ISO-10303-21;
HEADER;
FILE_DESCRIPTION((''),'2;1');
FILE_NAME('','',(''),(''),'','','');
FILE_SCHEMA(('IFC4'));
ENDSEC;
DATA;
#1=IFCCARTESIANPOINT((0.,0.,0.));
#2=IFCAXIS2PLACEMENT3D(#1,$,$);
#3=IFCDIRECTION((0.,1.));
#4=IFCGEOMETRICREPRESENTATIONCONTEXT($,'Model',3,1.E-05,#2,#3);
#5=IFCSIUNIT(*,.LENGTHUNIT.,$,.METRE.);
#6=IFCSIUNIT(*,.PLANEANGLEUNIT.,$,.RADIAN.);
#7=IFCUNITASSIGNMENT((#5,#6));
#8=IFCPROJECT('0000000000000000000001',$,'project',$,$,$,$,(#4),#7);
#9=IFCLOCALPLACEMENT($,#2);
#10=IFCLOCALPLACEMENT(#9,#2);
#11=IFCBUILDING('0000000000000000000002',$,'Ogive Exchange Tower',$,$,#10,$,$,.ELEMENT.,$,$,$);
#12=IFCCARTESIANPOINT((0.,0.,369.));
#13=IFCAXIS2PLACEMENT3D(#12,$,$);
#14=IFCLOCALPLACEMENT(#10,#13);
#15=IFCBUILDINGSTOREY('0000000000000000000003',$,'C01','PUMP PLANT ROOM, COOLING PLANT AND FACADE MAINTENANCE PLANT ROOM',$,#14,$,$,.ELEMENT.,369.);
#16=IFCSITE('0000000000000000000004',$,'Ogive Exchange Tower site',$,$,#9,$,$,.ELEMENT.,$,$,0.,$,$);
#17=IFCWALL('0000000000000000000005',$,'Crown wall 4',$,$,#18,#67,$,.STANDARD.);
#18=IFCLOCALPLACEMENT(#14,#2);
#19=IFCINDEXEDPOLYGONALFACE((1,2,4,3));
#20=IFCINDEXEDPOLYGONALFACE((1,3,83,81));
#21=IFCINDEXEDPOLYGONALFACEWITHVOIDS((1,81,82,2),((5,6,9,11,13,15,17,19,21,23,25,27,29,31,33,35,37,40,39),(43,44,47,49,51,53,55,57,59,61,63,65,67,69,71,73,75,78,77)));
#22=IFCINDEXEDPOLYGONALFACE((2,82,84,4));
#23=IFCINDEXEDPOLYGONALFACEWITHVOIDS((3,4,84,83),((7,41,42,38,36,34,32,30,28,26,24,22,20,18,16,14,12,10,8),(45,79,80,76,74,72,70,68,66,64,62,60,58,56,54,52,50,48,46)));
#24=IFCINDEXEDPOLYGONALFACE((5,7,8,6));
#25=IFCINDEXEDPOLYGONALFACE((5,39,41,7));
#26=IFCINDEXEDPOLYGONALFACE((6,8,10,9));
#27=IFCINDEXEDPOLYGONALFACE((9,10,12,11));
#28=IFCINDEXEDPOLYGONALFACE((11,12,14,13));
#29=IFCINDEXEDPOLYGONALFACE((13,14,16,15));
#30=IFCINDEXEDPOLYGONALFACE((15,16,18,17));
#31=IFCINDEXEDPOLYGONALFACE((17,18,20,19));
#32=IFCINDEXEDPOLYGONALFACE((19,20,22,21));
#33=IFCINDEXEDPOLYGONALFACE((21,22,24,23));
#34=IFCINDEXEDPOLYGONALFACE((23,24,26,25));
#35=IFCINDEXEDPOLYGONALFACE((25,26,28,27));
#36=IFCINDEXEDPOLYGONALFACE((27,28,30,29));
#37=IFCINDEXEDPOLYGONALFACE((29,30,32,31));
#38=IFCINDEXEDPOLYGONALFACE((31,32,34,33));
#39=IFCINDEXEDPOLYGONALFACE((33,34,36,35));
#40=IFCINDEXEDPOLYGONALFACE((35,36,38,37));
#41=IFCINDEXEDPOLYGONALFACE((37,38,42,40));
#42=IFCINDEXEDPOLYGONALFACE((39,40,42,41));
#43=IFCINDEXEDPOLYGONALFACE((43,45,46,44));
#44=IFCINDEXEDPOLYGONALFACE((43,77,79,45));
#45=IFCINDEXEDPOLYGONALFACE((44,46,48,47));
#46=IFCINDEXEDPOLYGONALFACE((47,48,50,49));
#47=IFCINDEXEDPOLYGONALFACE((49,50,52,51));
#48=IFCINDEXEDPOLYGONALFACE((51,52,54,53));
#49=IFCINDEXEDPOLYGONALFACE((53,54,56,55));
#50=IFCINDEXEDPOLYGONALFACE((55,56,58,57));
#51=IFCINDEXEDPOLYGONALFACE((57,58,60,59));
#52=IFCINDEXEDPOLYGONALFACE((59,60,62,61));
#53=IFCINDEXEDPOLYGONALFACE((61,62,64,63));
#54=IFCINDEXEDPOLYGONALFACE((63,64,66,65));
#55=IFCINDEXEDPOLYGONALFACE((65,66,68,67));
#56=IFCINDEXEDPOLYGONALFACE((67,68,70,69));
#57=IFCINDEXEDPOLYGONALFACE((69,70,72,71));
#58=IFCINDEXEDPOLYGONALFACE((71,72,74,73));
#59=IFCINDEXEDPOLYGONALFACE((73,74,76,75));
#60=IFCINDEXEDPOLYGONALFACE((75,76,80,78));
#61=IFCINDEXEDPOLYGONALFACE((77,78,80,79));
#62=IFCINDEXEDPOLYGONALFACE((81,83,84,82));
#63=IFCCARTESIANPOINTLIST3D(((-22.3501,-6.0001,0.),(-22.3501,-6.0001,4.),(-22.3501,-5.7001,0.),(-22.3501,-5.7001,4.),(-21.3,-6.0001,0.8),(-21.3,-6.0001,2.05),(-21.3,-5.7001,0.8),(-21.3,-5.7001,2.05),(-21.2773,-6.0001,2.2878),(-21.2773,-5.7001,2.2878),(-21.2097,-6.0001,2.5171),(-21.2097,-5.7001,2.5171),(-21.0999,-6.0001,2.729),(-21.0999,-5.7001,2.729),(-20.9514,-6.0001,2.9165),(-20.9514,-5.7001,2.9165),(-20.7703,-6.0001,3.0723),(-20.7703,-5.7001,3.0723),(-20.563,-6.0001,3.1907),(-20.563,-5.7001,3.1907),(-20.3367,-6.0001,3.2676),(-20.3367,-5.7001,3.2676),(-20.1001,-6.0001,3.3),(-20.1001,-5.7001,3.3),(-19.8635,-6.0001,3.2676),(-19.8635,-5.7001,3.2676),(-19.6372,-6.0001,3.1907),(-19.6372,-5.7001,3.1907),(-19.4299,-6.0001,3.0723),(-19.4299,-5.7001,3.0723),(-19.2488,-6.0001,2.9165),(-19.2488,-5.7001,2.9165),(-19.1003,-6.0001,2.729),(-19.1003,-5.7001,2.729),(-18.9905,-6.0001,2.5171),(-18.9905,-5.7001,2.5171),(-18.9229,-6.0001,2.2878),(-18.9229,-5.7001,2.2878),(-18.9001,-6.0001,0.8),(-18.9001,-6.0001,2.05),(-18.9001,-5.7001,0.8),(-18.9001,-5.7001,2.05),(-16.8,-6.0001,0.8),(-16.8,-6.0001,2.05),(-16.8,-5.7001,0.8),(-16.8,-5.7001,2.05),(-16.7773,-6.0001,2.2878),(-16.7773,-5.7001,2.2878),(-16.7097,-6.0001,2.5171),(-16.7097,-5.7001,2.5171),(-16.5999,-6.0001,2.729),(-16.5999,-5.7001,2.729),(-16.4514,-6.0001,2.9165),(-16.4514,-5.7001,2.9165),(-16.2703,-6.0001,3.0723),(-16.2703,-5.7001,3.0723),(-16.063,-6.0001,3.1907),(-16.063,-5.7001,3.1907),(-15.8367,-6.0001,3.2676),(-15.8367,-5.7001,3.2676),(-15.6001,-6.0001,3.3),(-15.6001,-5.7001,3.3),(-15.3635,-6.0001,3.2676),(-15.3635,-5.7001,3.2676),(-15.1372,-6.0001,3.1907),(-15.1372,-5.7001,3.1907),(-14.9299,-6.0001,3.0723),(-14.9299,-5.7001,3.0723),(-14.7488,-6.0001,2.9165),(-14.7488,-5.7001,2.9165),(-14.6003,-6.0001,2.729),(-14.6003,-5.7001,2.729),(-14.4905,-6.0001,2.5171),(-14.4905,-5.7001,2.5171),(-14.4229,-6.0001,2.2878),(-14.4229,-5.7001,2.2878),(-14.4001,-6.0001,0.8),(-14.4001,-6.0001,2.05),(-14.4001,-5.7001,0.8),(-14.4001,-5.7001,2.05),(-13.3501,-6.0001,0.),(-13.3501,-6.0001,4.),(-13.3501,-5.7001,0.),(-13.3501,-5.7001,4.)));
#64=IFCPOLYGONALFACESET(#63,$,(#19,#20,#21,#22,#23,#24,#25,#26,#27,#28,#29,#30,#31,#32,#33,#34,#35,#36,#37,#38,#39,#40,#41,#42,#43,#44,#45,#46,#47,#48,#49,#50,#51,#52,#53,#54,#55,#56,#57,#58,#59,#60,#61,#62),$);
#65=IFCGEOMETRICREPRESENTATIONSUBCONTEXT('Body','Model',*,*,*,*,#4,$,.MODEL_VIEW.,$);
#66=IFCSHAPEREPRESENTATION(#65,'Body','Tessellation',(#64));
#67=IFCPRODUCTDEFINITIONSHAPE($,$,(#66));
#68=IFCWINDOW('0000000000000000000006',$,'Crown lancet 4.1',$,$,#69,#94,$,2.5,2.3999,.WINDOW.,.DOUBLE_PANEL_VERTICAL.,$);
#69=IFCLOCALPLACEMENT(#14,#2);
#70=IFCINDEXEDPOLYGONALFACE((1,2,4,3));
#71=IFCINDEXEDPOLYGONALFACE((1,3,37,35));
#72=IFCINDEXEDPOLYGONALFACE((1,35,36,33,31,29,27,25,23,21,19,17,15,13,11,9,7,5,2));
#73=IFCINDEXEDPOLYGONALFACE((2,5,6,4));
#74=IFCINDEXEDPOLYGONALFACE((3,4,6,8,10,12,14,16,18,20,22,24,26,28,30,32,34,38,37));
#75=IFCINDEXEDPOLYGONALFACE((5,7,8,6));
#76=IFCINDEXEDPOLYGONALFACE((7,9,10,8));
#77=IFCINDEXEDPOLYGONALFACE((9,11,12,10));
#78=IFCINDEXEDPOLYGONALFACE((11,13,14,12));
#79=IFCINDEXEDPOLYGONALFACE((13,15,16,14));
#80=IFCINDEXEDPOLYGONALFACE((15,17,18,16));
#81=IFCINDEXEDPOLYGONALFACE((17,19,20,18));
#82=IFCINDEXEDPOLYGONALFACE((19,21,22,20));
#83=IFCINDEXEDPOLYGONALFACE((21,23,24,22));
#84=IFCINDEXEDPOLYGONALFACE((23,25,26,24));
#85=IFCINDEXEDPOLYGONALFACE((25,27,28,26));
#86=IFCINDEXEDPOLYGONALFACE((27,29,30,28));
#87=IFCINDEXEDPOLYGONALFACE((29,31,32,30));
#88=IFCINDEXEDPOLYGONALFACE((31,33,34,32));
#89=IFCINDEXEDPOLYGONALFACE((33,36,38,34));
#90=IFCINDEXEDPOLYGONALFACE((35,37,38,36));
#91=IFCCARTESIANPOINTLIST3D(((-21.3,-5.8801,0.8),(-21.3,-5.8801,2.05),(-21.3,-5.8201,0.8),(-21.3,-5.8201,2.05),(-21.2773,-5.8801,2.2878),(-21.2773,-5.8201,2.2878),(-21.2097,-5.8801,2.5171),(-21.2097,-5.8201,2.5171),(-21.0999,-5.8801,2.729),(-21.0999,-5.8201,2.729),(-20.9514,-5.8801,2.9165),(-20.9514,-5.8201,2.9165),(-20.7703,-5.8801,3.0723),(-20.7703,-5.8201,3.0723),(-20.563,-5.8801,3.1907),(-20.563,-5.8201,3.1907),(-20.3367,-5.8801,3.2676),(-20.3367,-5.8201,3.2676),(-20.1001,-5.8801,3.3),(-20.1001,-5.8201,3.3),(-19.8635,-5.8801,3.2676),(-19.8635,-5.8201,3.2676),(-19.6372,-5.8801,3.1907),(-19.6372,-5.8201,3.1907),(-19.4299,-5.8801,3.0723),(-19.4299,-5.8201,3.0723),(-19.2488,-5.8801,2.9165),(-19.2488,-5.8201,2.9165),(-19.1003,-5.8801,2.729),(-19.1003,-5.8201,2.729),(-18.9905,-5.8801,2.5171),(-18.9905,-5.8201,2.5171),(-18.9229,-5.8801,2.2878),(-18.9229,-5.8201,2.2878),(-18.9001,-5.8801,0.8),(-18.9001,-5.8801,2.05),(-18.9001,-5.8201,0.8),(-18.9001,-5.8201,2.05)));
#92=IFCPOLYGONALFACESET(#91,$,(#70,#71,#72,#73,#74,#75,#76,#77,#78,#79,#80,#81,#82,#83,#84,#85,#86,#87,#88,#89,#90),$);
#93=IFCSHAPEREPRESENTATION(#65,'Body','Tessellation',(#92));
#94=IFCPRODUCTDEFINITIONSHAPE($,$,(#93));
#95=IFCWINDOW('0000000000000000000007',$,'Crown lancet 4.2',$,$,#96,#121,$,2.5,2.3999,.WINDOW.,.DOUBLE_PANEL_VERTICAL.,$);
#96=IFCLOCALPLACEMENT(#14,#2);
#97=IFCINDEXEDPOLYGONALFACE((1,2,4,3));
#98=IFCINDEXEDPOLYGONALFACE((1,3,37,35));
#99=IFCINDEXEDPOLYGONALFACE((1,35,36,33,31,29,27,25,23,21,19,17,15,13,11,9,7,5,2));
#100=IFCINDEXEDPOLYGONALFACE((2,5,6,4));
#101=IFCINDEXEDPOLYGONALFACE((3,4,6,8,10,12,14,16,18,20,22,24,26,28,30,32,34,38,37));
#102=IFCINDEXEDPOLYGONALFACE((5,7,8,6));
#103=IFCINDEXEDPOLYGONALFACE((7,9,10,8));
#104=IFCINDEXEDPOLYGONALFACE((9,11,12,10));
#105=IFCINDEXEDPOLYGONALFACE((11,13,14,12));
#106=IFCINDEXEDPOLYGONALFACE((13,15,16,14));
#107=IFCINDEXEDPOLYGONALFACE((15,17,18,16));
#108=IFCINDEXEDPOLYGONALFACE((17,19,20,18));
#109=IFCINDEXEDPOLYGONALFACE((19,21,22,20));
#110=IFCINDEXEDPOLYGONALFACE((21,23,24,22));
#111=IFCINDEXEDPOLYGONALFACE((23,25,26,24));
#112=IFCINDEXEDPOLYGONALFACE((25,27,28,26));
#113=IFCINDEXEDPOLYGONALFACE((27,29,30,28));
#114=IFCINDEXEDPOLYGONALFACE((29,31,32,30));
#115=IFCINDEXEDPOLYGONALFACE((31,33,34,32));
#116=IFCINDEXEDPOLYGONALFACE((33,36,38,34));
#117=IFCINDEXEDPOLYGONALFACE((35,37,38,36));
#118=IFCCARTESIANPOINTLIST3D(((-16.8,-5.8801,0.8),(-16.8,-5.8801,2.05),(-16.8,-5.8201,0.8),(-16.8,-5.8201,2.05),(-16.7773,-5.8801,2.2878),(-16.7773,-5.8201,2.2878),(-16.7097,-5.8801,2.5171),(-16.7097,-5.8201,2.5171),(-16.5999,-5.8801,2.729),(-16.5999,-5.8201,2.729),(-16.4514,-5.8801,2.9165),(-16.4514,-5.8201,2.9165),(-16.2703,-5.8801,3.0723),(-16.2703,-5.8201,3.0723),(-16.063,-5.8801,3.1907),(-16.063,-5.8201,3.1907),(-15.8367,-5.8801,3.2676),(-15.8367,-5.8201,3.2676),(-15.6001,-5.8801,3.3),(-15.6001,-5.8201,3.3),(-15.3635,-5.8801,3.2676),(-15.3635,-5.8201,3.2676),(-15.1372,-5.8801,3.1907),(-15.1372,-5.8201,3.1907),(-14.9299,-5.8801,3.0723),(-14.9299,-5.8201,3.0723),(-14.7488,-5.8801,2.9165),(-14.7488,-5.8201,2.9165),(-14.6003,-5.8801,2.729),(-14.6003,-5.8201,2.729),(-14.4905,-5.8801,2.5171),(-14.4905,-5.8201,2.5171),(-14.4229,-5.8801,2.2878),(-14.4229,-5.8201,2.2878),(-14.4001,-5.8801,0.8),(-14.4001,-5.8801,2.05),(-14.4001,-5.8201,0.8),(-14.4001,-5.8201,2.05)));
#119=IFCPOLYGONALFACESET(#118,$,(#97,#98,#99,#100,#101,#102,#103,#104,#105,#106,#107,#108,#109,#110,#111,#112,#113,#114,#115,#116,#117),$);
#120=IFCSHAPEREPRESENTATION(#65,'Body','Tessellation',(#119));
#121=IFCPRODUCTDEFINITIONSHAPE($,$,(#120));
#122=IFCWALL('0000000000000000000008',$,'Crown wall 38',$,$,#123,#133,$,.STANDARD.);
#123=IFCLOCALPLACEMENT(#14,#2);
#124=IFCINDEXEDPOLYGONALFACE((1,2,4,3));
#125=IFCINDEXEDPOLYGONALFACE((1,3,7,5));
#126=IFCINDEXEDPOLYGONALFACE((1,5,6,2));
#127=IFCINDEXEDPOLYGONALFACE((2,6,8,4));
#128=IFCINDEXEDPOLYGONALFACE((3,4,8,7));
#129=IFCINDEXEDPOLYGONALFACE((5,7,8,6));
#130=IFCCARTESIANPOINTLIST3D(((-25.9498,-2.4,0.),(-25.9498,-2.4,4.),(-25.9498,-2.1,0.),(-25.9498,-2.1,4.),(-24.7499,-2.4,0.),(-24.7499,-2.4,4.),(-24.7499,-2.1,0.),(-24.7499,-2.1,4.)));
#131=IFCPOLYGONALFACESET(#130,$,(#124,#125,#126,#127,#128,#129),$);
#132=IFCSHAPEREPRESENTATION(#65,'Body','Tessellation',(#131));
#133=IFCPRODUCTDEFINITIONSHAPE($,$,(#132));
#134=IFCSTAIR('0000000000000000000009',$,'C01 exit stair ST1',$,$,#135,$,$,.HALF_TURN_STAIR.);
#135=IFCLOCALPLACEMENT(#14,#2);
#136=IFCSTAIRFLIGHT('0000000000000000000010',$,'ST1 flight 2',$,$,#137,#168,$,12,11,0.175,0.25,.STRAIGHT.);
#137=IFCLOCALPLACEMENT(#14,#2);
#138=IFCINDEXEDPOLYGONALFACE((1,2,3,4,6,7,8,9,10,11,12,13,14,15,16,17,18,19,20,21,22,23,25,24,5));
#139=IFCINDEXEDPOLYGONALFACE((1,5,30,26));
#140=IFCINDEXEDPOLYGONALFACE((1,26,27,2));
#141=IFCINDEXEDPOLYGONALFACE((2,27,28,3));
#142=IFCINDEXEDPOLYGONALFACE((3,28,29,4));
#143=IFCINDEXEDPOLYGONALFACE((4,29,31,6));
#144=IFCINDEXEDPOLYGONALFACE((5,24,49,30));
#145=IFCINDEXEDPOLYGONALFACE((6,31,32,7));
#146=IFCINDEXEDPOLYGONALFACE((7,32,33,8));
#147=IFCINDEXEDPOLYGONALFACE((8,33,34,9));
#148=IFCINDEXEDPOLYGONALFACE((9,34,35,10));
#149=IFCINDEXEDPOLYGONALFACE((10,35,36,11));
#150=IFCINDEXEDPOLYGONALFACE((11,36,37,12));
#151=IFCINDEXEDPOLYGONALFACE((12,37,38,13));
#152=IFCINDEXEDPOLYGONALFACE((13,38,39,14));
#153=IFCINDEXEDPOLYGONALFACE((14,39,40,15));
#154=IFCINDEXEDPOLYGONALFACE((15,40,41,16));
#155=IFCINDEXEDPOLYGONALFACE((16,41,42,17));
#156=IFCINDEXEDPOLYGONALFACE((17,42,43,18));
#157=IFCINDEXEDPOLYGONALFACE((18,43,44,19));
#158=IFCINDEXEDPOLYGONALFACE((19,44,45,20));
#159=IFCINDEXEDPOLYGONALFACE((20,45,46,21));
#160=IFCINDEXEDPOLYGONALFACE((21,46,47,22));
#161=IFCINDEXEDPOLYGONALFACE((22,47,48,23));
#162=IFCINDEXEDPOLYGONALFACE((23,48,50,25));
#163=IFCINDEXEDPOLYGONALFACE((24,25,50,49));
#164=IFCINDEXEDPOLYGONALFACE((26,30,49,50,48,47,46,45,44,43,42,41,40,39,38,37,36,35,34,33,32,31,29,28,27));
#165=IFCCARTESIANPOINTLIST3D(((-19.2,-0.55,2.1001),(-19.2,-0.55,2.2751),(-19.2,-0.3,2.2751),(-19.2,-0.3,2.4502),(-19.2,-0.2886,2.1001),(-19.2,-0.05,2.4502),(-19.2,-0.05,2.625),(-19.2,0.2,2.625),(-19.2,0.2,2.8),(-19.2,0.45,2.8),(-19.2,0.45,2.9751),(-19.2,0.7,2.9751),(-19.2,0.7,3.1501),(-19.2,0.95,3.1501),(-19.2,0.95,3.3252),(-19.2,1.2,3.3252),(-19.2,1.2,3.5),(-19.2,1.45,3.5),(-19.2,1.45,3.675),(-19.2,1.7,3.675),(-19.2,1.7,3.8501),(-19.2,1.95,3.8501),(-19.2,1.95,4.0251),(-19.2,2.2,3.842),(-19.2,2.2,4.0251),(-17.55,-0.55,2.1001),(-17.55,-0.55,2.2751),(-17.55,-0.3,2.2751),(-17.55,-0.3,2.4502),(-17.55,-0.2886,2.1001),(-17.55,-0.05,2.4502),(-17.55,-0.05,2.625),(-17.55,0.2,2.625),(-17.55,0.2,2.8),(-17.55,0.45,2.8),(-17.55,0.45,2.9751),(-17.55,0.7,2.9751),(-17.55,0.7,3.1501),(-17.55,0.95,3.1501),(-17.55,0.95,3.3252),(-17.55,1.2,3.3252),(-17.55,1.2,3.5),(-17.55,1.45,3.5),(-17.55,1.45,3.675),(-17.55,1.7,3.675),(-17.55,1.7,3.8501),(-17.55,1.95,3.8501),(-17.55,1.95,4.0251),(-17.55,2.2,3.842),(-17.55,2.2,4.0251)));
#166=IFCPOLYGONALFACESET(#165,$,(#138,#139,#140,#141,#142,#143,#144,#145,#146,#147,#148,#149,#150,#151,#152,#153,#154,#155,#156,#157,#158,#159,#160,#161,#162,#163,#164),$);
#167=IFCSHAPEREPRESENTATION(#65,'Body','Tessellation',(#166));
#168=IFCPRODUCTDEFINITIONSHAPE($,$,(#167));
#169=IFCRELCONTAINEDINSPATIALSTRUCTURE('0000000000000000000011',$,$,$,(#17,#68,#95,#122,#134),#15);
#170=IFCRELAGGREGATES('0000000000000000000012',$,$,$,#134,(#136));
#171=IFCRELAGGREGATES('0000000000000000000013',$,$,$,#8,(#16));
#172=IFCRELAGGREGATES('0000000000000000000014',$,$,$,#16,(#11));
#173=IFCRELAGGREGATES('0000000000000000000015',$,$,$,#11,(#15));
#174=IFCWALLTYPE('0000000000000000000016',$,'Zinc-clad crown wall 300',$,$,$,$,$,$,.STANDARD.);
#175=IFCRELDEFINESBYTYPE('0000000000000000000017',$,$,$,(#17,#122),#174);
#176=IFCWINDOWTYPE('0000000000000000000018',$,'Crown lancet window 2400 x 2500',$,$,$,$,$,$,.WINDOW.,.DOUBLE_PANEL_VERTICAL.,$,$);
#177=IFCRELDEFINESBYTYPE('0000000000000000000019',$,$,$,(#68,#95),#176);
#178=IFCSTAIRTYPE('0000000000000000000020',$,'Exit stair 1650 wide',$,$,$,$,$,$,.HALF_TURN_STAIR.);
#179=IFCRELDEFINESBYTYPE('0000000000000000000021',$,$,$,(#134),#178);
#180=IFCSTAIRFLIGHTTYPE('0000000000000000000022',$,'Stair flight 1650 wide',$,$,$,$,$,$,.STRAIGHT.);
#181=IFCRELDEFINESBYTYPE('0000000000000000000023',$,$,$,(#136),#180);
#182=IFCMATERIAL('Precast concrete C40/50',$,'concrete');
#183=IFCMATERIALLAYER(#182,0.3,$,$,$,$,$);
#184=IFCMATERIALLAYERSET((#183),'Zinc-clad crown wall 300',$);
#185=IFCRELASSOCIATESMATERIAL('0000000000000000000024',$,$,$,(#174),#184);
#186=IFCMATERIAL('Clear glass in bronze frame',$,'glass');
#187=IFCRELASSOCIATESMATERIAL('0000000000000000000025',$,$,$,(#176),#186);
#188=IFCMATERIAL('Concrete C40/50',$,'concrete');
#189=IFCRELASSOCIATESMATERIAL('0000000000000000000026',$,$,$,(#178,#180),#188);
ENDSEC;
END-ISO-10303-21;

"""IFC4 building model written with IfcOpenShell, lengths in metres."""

from ifc_helpers import new_model, si_unit, direction, frame, frame_2d, origin, place, context, subcontext, project, spatial, polyline, rectangle, outline, extrude, material, layer, layer_set, type_object, element, fill, aggregate, save


model = new_model("IFC4")

# Units and contexts
model_context = context("Model", 3, precision=1e-05, world=origin(), true_north=direction((0.0, 1.0)))
body_context = subcontext(model_context, "Body", "Model", "MODEL_VIEW")
ifc_project = project(units=[si_unit("LENGTHUNIT", "METRE"), si_unit("PLANEANGLEUNIT", "RADIAN")], contexts=[model_context])

# Site, building, storey
site_placement = place(None, origin())
site = spatial("IfcSite", under=ifc_project, at=site_placement, Name="Ogive Exchange Tower site", CompositionType="ELEMENT", RefElevation=0.0)
building_placement = place(site_placement, origin())
building = spatial("IfcBuilding", under=site, at=building_placement, Name="Ogive Exchange Tower", CompositionType="ELEMENT")
storey_placement = place(building_placement, frame((0.0, 0.0, 369.0)))
storey = spatial("IfcBuildingStorey", under=building, at=storey_placement, Name="C01", Description="PUMP PLANT ROOM, COOLING PLANT AND FACADE MAINTENANCE PLANT ROOM", CompositionType="ELEMENT", Elevation=369.0)

# Shared definitions
ifc_material_1 = material(Name="Precast concrete C40/50", Category="concrete")
ifc_layer_1 = layer(ifc_material_1, 0.3)
ifc_layer_set_1 = layer_set([ifc_layer_1], Name="Zinc-clad crown wall 300")
wall_type_1 = type_object("IfcWallType", Name="Zinc-clad crown wall 300", PredefinedType="STANDARD", material=ifc_layer_set_1)

# Wall, openings, windows
wall_1_placement = place(storey_placement, frame((-22.3501, -5.8501, 0.0), z_axis=(0.0, 0.0, 1.0), x_axis=(1.0, 0.0, 0.0)))
wall_1 = element("IfcWall", 1, at=wall_1_placement, inside=storey, type_object=wall_type_1, Name="Crown wall 4", PredefinedType="STANDARD", context=body_context, shape_type="SweptSolid", body=[
    extrude(rectangle(XDim=9.0, YDim=0.3, at=frame_2d((4.5, 0.0))), origin(), (0.0, 0.0, 1.0), 4.0),
])
opening_1_placement = place(wall_1_placement, frame((1.05, 0.0, 0.8)))
opening_1 = element("IfcOpeningElement", 2, at=opening_1_placement, cuts=wall_1, PredefinedType="OPENING", context=body_context, shape_type="SweptSolid", body=[
    extrude(outline(polyline([(0.0, 0.0), (2.3999, 0.0), (2.3999, 1.25), (2.3772, 1.4878), (2.3096, 1.717), (2.1997, 1.929), (2.0513, 2.1165), (1.8701, 2.2722), (1.6628, 2.3906), (1.4365, 2.4675), (1.2, 2.5), (0.9634, 2.4675), (0.7371, 2.3906), (0.5298, 2.2722), (0.3486, 2.1165), (0.2002, 1.929), (0.0903, 1.717), (0.0227, 1.4878), (0.0, 1.25), (0.0, 0.0)])), frame((0.0, 0.1599, 0.0), z_axis=(0.0, -1.0, 0.0), x_axis=(1.0, 0.0, 0.0)), (0.0, 0.0, 1.0), 0.3201),
])
opening_2_placement = place(wall_1_placement, frame((5.55, 0.0, 0.8)))
opening_2 = element("IfcOpeningElement", 3, at=opening_2_placement, cuts=wall_1, PredefinedType="OPENING", context=body_context, shape_type="SweptSolid", body=[
    extrude(outline(polyline([(0.0, 0.0), (2.3999, 0.0), (2.3999, 1.25), (2.3772, 1.4878), (2.3096, 1.717), (2.1997, 1.929), (2.0513, 2.1165), (1.8701, 2.2722), (1.6628, 2.3906), (1.4365, 2.4675), (1.2, 2.5), (0.9634, 2.4675), (0.7371, 2.3906), (0.5298, 2.2722), (0.3486, 2.1165), (0.2002, 1.929), (0.0903, 1.717), (0.0227, 1.4878), (0.0, 1.25), (0.0, 0.0)])), frame((0.0, 0.1599, 0.0), z_axis=(0.0, -1.0, 0.0), x_axis=(1.0, 0.0, 0.0)), (0.0, 0.0, 1.0), 0.3201),
])
ifc_material_2 = material(Name="Clear glass in bronze frame", Category="glass")
window_type = type_object("IfcWindowType", Name="Crown lancet window 2400 x 2500", PartitioningType="DOUBLE_PANEL_VERTICAL", PredefinedType="WINDOW", material=ifc_material_2)
window_1_placement = place(opening_1_placement, origin())
window_1 = element("IfcWindow", 4, at=window_1_placement, inside=storey, type_object=window_type, Name="Crown lancet 4.1", OverallHeight=2.5, OverallWidth=2.3999, PartitioningType="DOUBLE_PANEL_VERTICAL", PredefinedType="WINDOW", context=body_context, shape_type="SweptSolid", body=[
    extrude(outline(polyline([(0.0, 0.0), (2.3999, 0.0), (2.3999, 1.25), (2.3772, 1.4878), (2.3096, 1.717), (2.1997, 1.929), (2.0513, 2.1165), (1.8701, 2.2722), (1.6628, 2.3906), (1.4365, 2.4675), (1.2, 2.5), (0.9634, 2.4675), (0.7371, 2.3906), (0.5298, 2.2722), (0.3486, 2.1165), (0.2002, 1.929), (0.0903, 1.717), (0.0227, 1.4878), (0.0, 1.25), (0.0, 0.0)])), frame((0.0, 0.03, 0.0), z_axis=(0.0, -1.0, 0.0), x_axis=(1.0, 0.0, 0.0)), (0.0, 0.0, 1.0), 0.0601),
])
fill(opening_1, window_1)
window_2_placement = place(opening_2_placement, origin())
window_2 = element("IfcWindow", 5, at=window_2_placement, inside=storey, type_object=window_type, Name="Crown lancet 4.2", OverallHeight=2.5, OverallWidth=2.3999, PartitioningType="DOUBLE_PANEL_VERTICAL", PredefinedType="WINDOW", context=body_context, shape_type="SweptSolid", body=[
    extrude(outline(polyline([(0.0, 0.0), (2.3999, 0.0), (2.3999, 1.25), (2.3772, 1.4878), (2.3096, 1.717), (2.1997, 1.929), (2.0513, 2.1165), (1.8701, 2.2722), (1.6628, 2.3906), (1.4365, 2.4675), (1.2, 2.5), (0.9634, 2.4675), (0.7371, 2.3906), (0.5298, 2.2722), (0.3486, 2.1165), (0.2002, 1.929), (0.0903, 1.717), (0.0227, 1.4878), (0.0, 1.25), (0.0, 0.0)])), frame((0.0, 0.03, 0.0), z_axis=(0.0, -1.0, 0.0), x_axis=(1.0, 0.0, 0.0)), (0.0, 0.0, 1.0), 0.0601),
])
fill(opening_2, window_2)

# Wall
wall_2_placement = place(storey_placement, frame((-25.95, -2.25, 0.0), z_axis=(0.0, 0.0, 1.0), x_axis=(1.0, 0.0, 0.0)))
element("IfcWall", 6, at=wall_2_placement, inside=storey, type_object=wall_type_1, Name="Crown wall 38", PredefinedType="STANDARD", context=body_context, shape_type="SweptSolid", body=[
    extrude(rectangle(XDim=1.2, YDim=0.3, at=frame_2d((0.6001, 0.0))), origin(), (0.0, 0.0, 1.0), 4.0),
])

# Stair, stair flight
ifc_material_3 = material(Name="Concrete C40/50", Category="concrete")
stair_type = type_object("IfcStairType", Name="Exit stair 1650 wide", PredefinedType="HALF_TURN_STAIR", material=ifc_material_3)
stair_placement = place(storey_placement, origin())
stair = element("IfcStair", 7, at=stair_placement, inside=storey, type_object=stair_type, Name="C01 exit stair ST1", PredefinedType="HALF_TURN_STAIR")
stair_flight_type = type_object("IfcStairFlightType", Name="Stair flight 1650 wide", PredefinedType="STRAIGHT", material=ifc_material_3)
stair_flight_placement = place(storey_placement, frame((-18.375, -0.55, 2.1001), z_axis=(0.0, 0.0, 1.0), x_axis=(0.0, 1.0, 0.0)))
stair_flight = element("IfcStairFlight", 8, at=stair_flight_placement, type_object=stair_flight_type, Name="ST1 flight 2", NumberOfRisers=12, NumberOfTreads=11, PredefinedType="STRAIGHT", RiserHeight=0.175, TreadLength=0.25, context=body_context, shape_type="SweptSolid", body=[
    extrude(outline(polyline([(0.0, 0.0), (0.0, 0.175), (0.25, 0.175), (0.25, 0.3501), (0.5, 0.3501), (0.5, 0.5249), (0.75, 0.5249), (0.75, 0.7), (1.0, 0.7), (1.0, 0.875), (1.25, 0.875), (1.25, 1.05), (1.5, 1.05), (1.5, 1.2251), (1.75, 1.2251), (1.75, 1.3999), (2.0, 1.3999), (2.0, 1.575), (2.25, 1.575), (2.25, 1.75), (2.5, 1.75), (2.5, 1.925), (2.75, 1.925), (2.75, 2.1001), (2.75, 1.7419), (0.2615, 0.0), (0.0, 0.0)])), frame((0.0, 0.825, 0.0), z_axis=(0.0, -1.0, 0.0), x_axis=(1.0, 0.0, 0.0)), (0.0, 0.0, 1.0), 1.6499),
])
aggregate(stair, [stair_flight])

save(model, "model.ifc")
